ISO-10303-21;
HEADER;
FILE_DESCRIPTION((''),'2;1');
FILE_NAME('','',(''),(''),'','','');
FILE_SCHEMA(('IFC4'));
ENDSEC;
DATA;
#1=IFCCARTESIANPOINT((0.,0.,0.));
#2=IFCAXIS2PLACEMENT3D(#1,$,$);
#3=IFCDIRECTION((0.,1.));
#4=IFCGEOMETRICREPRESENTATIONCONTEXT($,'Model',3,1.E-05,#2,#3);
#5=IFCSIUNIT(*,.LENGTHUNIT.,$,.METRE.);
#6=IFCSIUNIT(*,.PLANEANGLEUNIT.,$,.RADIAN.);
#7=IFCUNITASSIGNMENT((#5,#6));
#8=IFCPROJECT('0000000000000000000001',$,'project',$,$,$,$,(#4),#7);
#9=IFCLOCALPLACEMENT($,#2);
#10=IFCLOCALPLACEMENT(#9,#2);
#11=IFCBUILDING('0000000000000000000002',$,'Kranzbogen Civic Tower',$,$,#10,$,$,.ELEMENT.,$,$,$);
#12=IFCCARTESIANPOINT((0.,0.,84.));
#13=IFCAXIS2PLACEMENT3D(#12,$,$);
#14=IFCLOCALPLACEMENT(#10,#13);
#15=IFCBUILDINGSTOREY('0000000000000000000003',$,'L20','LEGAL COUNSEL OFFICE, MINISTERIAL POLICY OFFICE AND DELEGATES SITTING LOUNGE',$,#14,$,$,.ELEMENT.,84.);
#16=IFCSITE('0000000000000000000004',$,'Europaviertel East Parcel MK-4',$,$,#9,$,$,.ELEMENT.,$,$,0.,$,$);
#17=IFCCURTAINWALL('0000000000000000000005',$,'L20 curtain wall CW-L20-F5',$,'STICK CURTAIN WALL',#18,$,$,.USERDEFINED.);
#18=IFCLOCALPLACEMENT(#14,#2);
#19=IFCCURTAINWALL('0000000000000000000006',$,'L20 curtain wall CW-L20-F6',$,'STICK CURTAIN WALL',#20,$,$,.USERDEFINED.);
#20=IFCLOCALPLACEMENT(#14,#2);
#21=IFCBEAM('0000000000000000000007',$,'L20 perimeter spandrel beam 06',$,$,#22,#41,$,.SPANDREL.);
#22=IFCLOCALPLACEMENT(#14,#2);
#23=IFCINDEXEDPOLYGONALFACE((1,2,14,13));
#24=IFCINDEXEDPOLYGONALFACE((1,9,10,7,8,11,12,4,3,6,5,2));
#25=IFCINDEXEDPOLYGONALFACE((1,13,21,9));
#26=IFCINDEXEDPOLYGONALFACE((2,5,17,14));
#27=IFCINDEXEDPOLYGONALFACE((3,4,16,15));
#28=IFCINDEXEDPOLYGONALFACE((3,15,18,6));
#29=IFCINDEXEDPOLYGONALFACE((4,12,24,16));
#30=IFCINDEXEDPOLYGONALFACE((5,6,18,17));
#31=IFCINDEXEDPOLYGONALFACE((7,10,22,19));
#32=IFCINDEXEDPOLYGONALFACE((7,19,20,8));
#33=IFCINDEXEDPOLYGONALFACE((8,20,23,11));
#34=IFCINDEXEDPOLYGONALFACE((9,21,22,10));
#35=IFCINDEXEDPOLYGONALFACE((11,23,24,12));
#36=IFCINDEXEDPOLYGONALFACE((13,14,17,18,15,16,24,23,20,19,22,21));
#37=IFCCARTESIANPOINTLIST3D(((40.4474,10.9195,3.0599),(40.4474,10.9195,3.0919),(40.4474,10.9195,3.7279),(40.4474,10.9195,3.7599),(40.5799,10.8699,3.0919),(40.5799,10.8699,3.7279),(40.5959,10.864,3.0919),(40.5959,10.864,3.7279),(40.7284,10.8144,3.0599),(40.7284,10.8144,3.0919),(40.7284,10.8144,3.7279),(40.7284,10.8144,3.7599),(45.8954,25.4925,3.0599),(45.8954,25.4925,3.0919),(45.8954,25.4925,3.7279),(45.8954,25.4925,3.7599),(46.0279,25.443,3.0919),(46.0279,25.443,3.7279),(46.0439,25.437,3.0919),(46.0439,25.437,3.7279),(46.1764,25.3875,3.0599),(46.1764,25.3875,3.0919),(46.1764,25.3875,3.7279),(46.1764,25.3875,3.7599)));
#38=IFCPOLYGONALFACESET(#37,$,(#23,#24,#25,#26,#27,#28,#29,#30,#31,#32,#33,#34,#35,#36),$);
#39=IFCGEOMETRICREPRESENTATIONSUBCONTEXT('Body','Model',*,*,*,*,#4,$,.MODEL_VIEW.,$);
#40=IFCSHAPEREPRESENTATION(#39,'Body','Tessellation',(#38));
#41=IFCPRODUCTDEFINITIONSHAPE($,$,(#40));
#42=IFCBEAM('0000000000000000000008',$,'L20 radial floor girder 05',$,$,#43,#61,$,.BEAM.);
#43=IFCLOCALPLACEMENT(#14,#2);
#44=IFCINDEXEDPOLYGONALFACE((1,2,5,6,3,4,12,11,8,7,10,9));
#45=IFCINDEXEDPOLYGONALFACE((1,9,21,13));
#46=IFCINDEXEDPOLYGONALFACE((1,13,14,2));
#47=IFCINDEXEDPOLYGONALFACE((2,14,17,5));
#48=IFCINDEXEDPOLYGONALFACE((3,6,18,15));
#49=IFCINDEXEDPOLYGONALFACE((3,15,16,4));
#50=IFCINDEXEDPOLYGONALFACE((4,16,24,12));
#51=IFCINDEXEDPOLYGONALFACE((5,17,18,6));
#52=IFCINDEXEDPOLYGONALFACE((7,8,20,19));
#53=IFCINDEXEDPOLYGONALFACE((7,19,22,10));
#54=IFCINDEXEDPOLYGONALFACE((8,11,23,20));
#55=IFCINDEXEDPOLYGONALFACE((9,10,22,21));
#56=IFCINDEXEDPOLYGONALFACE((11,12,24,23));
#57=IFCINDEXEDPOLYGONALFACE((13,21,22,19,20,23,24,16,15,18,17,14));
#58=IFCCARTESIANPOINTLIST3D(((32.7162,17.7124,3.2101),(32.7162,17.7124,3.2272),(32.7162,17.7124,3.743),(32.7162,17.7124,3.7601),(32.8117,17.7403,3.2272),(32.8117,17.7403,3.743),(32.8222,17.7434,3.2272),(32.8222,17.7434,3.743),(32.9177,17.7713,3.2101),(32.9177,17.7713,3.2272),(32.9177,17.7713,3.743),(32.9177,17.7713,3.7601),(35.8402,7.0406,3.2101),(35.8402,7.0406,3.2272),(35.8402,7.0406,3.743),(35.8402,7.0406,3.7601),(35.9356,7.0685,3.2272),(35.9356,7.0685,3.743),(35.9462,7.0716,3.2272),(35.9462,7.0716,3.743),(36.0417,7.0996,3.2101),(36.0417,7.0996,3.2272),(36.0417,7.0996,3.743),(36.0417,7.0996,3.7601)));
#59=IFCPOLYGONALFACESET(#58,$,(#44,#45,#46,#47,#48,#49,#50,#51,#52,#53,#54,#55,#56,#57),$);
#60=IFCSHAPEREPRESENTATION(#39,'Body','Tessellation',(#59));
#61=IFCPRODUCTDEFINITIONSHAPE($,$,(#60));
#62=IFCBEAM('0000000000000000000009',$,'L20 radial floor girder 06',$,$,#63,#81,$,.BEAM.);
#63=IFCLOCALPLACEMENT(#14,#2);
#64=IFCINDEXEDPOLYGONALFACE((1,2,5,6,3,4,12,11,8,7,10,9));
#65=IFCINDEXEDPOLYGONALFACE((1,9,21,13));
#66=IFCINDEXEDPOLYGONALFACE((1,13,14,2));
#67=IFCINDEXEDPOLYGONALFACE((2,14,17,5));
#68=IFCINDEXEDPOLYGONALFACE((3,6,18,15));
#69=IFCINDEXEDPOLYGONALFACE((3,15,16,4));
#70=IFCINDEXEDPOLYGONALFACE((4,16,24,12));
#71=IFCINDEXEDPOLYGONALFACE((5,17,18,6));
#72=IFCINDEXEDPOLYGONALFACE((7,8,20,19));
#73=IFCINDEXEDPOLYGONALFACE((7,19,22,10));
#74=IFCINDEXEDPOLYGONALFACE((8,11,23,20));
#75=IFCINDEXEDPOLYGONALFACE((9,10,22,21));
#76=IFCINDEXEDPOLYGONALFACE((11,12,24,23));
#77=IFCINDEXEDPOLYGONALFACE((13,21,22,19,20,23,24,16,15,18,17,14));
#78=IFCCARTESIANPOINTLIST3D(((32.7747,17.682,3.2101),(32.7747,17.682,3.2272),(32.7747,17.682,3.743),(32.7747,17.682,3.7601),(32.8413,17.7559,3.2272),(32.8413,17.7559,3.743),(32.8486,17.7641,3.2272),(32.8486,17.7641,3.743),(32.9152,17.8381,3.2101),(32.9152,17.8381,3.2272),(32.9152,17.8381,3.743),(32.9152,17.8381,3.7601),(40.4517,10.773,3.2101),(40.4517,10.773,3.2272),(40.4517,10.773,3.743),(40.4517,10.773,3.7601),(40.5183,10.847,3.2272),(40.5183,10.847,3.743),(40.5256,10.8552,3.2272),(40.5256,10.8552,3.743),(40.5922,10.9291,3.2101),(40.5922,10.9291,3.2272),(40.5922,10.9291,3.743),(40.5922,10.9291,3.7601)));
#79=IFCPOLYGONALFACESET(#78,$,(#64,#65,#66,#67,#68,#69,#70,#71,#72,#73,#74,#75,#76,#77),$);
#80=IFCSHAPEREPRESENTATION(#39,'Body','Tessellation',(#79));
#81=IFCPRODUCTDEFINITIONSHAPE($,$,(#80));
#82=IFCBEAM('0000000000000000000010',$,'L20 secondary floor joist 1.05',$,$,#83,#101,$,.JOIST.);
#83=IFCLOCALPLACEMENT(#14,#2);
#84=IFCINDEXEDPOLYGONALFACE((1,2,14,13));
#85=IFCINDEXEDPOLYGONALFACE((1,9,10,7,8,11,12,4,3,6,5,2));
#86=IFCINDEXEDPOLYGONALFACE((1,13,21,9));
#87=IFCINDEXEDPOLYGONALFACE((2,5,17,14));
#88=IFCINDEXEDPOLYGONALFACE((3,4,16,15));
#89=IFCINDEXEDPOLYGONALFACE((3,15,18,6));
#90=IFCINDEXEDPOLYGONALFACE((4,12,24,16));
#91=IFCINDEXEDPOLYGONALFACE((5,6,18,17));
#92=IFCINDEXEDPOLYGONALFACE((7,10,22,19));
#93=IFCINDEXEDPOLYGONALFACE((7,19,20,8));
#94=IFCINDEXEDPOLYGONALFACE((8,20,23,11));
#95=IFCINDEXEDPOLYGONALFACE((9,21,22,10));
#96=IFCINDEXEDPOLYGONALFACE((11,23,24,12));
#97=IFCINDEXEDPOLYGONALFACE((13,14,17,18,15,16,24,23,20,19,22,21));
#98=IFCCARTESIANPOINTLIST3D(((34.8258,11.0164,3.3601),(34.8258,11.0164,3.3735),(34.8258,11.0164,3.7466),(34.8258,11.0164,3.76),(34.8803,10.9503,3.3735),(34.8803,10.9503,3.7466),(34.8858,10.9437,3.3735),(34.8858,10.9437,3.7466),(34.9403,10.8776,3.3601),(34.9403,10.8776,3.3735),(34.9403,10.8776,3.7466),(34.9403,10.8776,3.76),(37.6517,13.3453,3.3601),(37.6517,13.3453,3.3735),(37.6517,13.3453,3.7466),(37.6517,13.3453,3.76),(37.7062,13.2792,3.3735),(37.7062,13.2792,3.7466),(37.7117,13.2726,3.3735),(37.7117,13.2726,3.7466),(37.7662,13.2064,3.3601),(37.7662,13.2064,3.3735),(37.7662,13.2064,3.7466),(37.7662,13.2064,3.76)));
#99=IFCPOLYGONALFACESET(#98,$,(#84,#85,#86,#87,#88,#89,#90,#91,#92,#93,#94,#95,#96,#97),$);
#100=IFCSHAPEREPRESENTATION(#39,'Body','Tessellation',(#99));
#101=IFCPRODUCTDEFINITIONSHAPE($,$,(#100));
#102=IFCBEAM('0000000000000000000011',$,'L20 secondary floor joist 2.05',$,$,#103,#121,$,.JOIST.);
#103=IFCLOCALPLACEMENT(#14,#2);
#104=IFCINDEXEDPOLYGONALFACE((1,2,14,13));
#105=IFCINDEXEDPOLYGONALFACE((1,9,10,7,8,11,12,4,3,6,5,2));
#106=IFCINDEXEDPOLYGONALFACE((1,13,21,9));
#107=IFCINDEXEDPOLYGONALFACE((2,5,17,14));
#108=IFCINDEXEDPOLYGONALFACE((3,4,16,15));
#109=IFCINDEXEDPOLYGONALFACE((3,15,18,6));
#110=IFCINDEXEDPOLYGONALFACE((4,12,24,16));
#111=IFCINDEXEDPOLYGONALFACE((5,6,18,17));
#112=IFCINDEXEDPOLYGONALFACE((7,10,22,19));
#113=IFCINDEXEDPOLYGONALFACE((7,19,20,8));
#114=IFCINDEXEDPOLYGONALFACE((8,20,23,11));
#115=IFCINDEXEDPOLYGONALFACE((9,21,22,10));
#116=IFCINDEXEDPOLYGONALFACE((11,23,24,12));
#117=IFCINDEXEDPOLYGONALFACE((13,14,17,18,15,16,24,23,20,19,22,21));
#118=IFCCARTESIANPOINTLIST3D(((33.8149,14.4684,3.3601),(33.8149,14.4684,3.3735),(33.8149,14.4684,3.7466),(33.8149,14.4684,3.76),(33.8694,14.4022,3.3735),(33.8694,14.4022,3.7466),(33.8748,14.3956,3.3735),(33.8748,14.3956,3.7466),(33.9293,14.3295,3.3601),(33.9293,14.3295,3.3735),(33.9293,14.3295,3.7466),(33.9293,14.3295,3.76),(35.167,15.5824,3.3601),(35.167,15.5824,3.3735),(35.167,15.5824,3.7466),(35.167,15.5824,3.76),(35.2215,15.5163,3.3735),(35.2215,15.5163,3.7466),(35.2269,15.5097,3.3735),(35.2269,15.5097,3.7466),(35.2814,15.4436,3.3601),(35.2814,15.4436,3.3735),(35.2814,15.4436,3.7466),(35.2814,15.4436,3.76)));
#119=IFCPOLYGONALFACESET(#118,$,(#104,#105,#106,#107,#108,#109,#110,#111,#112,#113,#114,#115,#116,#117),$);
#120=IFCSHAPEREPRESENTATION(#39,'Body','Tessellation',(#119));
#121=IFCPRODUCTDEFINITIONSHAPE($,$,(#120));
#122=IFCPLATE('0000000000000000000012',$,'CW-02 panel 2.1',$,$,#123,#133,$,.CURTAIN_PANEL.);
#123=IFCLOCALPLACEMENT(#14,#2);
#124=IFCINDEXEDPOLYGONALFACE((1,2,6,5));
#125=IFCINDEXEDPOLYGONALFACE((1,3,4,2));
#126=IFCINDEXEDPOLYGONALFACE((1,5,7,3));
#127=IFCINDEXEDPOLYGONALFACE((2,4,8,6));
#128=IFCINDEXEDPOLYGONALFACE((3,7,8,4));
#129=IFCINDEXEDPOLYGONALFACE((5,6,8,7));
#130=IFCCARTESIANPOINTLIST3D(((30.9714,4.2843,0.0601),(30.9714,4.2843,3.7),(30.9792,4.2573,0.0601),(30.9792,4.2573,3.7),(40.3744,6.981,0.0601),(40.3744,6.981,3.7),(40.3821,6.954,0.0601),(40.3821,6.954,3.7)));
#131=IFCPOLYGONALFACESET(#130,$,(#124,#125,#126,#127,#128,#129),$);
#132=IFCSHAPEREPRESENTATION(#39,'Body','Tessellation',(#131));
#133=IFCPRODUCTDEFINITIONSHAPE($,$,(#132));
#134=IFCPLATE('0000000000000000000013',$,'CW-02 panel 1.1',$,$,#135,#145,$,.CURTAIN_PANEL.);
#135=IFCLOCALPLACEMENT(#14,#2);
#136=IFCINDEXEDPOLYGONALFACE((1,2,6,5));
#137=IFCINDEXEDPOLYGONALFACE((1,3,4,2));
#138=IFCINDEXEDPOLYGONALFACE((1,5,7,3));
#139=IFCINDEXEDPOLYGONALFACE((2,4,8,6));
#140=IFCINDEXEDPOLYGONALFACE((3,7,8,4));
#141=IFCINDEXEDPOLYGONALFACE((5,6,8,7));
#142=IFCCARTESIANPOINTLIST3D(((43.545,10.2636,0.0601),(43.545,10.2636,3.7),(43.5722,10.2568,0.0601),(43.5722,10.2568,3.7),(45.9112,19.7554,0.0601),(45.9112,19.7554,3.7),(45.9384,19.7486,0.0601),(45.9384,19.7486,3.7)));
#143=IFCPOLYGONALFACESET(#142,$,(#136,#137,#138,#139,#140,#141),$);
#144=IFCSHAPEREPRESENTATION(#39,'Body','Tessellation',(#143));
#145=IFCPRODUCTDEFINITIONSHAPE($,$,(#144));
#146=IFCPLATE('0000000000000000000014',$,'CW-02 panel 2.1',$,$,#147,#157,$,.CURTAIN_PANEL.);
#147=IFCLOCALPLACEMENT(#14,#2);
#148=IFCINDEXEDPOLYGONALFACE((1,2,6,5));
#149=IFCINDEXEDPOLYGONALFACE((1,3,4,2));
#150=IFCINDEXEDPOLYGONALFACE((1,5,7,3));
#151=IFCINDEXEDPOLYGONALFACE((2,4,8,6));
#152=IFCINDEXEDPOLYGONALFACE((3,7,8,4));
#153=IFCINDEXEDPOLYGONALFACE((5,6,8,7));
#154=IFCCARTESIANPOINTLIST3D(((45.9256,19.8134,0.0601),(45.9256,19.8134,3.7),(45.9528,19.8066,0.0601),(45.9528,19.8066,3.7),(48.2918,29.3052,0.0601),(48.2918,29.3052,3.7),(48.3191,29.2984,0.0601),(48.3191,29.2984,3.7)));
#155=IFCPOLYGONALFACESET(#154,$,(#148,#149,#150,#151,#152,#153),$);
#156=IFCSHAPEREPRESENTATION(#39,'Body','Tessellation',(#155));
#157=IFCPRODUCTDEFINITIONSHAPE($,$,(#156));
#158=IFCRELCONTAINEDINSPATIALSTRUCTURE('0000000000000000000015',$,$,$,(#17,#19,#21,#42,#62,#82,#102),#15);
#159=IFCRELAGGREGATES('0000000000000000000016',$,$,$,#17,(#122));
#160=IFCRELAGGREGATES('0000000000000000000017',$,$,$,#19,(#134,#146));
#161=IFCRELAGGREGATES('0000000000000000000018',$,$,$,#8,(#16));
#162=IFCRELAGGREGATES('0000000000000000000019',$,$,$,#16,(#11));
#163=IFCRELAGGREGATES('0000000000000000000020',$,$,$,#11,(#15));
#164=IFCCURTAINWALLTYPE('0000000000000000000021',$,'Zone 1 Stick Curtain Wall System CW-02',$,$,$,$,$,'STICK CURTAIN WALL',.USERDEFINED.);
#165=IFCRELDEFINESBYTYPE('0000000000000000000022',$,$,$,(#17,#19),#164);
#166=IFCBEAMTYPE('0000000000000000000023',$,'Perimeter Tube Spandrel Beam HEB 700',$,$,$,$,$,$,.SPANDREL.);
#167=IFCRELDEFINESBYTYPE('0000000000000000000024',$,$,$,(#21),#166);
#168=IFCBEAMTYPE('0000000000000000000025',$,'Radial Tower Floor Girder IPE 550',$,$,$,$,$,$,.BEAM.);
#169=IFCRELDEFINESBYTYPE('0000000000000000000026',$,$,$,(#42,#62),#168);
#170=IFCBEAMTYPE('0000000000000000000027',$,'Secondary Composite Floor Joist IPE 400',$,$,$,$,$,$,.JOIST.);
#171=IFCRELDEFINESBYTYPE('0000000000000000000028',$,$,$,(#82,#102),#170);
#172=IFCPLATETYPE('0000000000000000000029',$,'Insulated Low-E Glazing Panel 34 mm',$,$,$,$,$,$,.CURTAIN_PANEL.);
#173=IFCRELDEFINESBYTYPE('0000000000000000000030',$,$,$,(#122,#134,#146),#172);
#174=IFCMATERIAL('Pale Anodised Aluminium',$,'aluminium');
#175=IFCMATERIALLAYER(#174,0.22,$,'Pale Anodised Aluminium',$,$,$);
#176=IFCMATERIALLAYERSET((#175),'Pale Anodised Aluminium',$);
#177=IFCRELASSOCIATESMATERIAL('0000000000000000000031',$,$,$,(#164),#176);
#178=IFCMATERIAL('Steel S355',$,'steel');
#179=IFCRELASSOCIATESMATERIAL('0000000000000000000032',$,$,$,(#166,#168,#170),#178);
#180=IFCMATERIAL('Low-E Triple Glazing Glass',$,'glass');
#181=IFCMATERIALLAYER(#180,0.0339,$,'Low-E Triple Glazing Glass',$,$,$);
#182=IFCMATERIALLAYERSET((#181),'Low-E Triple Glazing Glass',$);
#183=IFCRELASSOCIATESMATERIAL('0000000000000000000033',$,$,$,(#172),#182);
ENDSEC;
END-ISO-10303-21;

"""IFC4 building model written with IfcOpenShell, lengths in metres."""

from ifc_helpers import new_model, si_unit, direction, frame, origin, origin_2d, place, context, subcontext, project, spatial, rectangle, i_section, extrude, material, layer, layer_set, material_profile, profile_set, type_object, element, aggregate, save


model = new_model("IFC4")

# Units and contexts
model_context = context("Model", 3, precision=1e-05, world=origin(), true_north=direction((0.0, 1.0)))
body_context = subcontext(model_context, "Body", "Model", "MODEL_VIEW")
ifc_project = project(units=[si_unit("LENGTHUNIT", "METRE"), si_unit("PLANEANGLEUNIT", "RADIAN")], contexts=[model_context])

# Site, building, storey
site_placement = place(None, origin())
site = spatial("IfcSite", under=ifc_project, at=site_placement, Name="Europaviertel East Parcel MK-4", CompositionType="ELEMENT", RefElevation=0.0)
building_placement = place(site_placement, origin())
building = spatial("IfcBuilding", under=site, at=building_placement, Name="Kranzbogen Civic Tower", CompositionType="ELEMENT")
storey_placement = place(building_placement, frame((0.0, 0.0, 84.0)))
storey = spatial("IfcBuildingStorey", under=building, at=storey_placement, Name="L20", Description="LEGAL COUNSEL OFFICE, MINISTERIAL POLICY OFFICE AND DELEGATES SITTING LOUNGE", CompositionType="ELEMENT", Elevation=84.0)

# Shared definitions
ifc_material_1 = material(Name="Steel S355", Category="steel")

# Curtain wall
ifc_material_2 = material(Name="Pale Anodised Aluminium", Category="aluminium")
ifc_layer_1 = layer(ifc_material_2, 0.22, Name="Pale Anodised Aluminium")
ifc_layer_set_1 = layer_set([ifc_layer_1], Name="Pale Anodised Aluminium")
curtain_wall_type = type_object("IfcCurtainWallType", Name="Zone 1 Stick Curtain Wall System CW-02", ElementType="STICK CURTAIN WALL", PredefinedType="USERDEFINED", material=ifc_layer_set_1)
curtain_wall_1_placement = place(storey_placement, origin())
curtain_wall_1 = element("IfcCurtainWall", 1, at=curtain_wall_1_placement, inside=storey, type_object=curtain_wall_type, Name="L20 curtain wall CW-L20-F5", ObjectType="STICK CURTAIN WALL", PredefinedType="USERDEFINED")

# Curtain wall
curtain_wall_2_placement = place(storey_placement, origin())
curtain_wall_2 = element("IfcCurtainWall", 2, at=curtain_wall_2_placement, inside=storey, type_object=curtain_wall_type, Name="L20 curtain wall CW-L20-F6", ObjectType="STICK CURTAIN WALL", PredefinedType="USERDEFINED")

# Beams
ifc_material_profile_1 = material_profile(ifc_material_1, i_section(OverallWidth=0.3, OverallDepth=0.7, WebThickness=0.0171, FlangeThickness=0.032, at=origin_2d()), Name="HEB 700")
ifc_profile_set_1 = profile_set([ifc_material_profile_1], Name="Steel S355")
beam_type_1 = type_object("IfcBeamType", Name="Perimeter Tube Spandrel Beam HEB 700", PredefinedType="SPANDREL", material=ifc_profile_set_1)
beam_1_placement = place(storey_placement, frame((40.5879, 10.8669, 3.4099), z_axis=(0.350172, 0.936685, 0.0), x_axis=(-0.936685, 0.350172, 0.0)))
element("IfcBeam", 3, at=beam_1_placement, inside=storey, type_object=beam_type_1, Name="L20 perimeter spandrel beam 06", PredefinedType="SPANDREL", context=body_context, shape_type="SweptSolid", body=[
    extrude(i_section(OverallWidth=0.3, OverallDepth=0.7, WebThickness=0.0171, FlangeThickness=0.032, at=origin_2d()), origin(), (0.0, 0.0, 1.0), 15.5581),
])
ifc_material_profile_2 = material_profile(ifc_material_1, i_section(OverallWidth=0.21, OverallDepth=0.55, WebThickness=0.011, FlangeThickness=0.0171, at=origin_2d()), Name="IPE 550")
ifc_profile_set_2 = profile_set([ifc_material_profile_2], Name="Steel S355")
beam_type_2 = type_object("IfcBeamType", Name="Radial Tower Floor Girder IPE 550", PredefinedType="BEAM", material=ifc_profile_set_2)
beam_2_placement = place(storey_placement, frame((35.9409, 7.0701, 3.4851), z_axis=(-0.280944, 0.959724, 0.0), x_axis=(-0.959724, -0.280944, 0.0)))
element("IfcBeam", 4, at=beam_2_placement, inside=storey, type_object=beam_type_2, Name="L20 radial floor girder 05", PredefinedType="BEAM", context=body_context, shape_type="SweptSolid", body=[
    extrude(i_section(OverallWidth=0.21, OverallDepth=0.55, WebThickness=0.011, FlangeThickness=0.0171, at=origin_2d()), origin(), (0.0, 0.0, 1.0), 11.1196),
])
beam_3_placement = place(storey_placement, frame((40.522, 10.8511, 3.4851), z_axis=(-0.743312, 0.668945, 0.0), x_axis=(-0.668945, -0.743312, 0.0)))
element("IfcBeam", 5, at=beam_3_placement, inside=storey, type_object=beam_type_2, Name="L20 radial floor girder 06", PredefinedType="BEAM", context=body_context, shape_type="SweptSolid", body=[
    extrude(i_section(OverallWidth=0.21, OverallDepth=0.55, WebThickness=0.011, FlangeThickness=0.0171, at=origin_2d()), origin(), (0.0, 0.0, 1.0), 10.3281),
])
ifc_material_profile_3 = material_profile(ifc_material_1, i_section(OverallWidth=0.1799, OverallDepth=0.3999, WebThickness=0.0085, FlangeThickness=0.0134, at=origin_2d()), Name="IPE 400")
ifc_profile_set_3 = profile_set([ifc_material_profile_3], Name="Steel S355")
beam_type_3 = type_object("IfcBeamType", Name="Secondary Composite Floor Joist IPE 400", PredefinedType="JOIST", material=ifc_profile_set_3)
beam_4_placement = place(storey_placement, frame((34.8831, 10.947, 3.5601), z_axis=(0.771713, 0.635971, 0.0), x_axis=(-0.635971, 0.771713, 0.0)))
element("IfcBeam", 6, at=beam_4_placement, inside=storey, type_object=beam_type_3, Name="L20 secondary floor joist 1.05", PredefinedType="JOIST", context=body_context, shape_type="SweptSolid", body=[
    extrude(i_section(OverallWidth=0.1799, OverallDepth=0.3999, WebThickness=0.0085, FlangeThickness=0.0134, at=origin_2d()), origin(), (0.0, 0.0, 1.0), 3.6619),
])
beam_5_placement = place(storey_placement, frame((33.8721, 14.3989, 3.5601), z_axis=(0.771773, 0.635898, 0.0), x_axis=(-0.635898, 0.771773, 0.0)))
element("IfcBeam", 7, at=beam_5_placement, inside=storey, type_object=beam_type_3, Name="L20 secondary floor joist 2.05", PredefinedType="JOIST", context=body_context, shape_type="SweptSolid", body=[
    extrude(i_section(OverallWidth=0.1799, OverallDepth=0.3999, WebThickness=0.0085, FlangeThickness=0.0134, at=origin_2d()), origin(), (0.0, 0.0, 1.0), 1.752),
])

# Plates
ifc_material_3 = material(Name="Low-E Triple Glazing Glass", Category="glass")
ifc_layer_2 = layer(ifc_material_3, 0.0339, Name="Low-E Triple Glazing Glass")
ifc_layer_set_2 = layer_set([ifc_layer_2], Name="Low-E Triple Glazing Glass")
plate_type = type_object("IfcPlateType", Name="Insulated Low-E Glazing Panel 34 mm", PredefinedType="CURTAIN_PANEL", material=ifc_layer_set_2)
plate_1_placement = place(storey_placement, frame((35.6768, 5.6191, 0.0601), z_axis=(0.0, 0.0, 1.0), x_axis=(0.96125, 0.275678, 0.0)))
plate_1 = element("IfcPlate", 8, at=plate_1_placement, type_object=plate_type, Name="CW-02 panel 2.1", PredefinedType="CURTAIN_PANEL", context=body_context, shape_type="SweptSolid", body=[
    extrude(rectangle(XDim=9.782, YDim=0.0281, at=origin_2d()), origin(), (0.0, 0.0, 1.0), 3.6399),
])
aggregate(curtain_wall_1, [plate_1])
plate_2_placement = place(storey_placement, frame((44.7417, 15.0061, 0.0601), z_axis=(0.0, 0.0, 1.0), x_axis=(0.241892, 0.970303, 0.0)))
plate_2 = element("IfcPlate", 9, at=plate_2_placement, type_object=plate_type, Name="CW-02 panel 1.1", PredefinedType="CURTAIN_PANEL", context=body_context, shape_type="SweptSolid", body=[
    extrude(rectangle(XDim=9.7822, YDim=0.0281, at=origin_2d()), origin(), (0.0, 0.0, 1.0), 3.6399),
])
plate_3_placement = place(storey_placement, frame((47.1223, 24.5559, 0.0601), z_axis=(0.0, 0.0, 1.0), x_axis=(0.241892, 0.970303, 0.0)))
plate_3 = element("IfcPlate", 10, at=plate_3_placement, type_object=plate_type, Name="CW-02 panel 2.1", PredefinedType="CURTAIN_PANEL", context=body_context, shape_type="SweptSolid", body=[
    extrude(rectangle(XDim=9.7822, YDim=0.0281, at=origin_2d()), origin(), (0.0, 0.0, 1.0), 3.6399),
])
aggregate(curtain_wall_2, [plate_2, plate_3])

save(model, "model.ifc")
